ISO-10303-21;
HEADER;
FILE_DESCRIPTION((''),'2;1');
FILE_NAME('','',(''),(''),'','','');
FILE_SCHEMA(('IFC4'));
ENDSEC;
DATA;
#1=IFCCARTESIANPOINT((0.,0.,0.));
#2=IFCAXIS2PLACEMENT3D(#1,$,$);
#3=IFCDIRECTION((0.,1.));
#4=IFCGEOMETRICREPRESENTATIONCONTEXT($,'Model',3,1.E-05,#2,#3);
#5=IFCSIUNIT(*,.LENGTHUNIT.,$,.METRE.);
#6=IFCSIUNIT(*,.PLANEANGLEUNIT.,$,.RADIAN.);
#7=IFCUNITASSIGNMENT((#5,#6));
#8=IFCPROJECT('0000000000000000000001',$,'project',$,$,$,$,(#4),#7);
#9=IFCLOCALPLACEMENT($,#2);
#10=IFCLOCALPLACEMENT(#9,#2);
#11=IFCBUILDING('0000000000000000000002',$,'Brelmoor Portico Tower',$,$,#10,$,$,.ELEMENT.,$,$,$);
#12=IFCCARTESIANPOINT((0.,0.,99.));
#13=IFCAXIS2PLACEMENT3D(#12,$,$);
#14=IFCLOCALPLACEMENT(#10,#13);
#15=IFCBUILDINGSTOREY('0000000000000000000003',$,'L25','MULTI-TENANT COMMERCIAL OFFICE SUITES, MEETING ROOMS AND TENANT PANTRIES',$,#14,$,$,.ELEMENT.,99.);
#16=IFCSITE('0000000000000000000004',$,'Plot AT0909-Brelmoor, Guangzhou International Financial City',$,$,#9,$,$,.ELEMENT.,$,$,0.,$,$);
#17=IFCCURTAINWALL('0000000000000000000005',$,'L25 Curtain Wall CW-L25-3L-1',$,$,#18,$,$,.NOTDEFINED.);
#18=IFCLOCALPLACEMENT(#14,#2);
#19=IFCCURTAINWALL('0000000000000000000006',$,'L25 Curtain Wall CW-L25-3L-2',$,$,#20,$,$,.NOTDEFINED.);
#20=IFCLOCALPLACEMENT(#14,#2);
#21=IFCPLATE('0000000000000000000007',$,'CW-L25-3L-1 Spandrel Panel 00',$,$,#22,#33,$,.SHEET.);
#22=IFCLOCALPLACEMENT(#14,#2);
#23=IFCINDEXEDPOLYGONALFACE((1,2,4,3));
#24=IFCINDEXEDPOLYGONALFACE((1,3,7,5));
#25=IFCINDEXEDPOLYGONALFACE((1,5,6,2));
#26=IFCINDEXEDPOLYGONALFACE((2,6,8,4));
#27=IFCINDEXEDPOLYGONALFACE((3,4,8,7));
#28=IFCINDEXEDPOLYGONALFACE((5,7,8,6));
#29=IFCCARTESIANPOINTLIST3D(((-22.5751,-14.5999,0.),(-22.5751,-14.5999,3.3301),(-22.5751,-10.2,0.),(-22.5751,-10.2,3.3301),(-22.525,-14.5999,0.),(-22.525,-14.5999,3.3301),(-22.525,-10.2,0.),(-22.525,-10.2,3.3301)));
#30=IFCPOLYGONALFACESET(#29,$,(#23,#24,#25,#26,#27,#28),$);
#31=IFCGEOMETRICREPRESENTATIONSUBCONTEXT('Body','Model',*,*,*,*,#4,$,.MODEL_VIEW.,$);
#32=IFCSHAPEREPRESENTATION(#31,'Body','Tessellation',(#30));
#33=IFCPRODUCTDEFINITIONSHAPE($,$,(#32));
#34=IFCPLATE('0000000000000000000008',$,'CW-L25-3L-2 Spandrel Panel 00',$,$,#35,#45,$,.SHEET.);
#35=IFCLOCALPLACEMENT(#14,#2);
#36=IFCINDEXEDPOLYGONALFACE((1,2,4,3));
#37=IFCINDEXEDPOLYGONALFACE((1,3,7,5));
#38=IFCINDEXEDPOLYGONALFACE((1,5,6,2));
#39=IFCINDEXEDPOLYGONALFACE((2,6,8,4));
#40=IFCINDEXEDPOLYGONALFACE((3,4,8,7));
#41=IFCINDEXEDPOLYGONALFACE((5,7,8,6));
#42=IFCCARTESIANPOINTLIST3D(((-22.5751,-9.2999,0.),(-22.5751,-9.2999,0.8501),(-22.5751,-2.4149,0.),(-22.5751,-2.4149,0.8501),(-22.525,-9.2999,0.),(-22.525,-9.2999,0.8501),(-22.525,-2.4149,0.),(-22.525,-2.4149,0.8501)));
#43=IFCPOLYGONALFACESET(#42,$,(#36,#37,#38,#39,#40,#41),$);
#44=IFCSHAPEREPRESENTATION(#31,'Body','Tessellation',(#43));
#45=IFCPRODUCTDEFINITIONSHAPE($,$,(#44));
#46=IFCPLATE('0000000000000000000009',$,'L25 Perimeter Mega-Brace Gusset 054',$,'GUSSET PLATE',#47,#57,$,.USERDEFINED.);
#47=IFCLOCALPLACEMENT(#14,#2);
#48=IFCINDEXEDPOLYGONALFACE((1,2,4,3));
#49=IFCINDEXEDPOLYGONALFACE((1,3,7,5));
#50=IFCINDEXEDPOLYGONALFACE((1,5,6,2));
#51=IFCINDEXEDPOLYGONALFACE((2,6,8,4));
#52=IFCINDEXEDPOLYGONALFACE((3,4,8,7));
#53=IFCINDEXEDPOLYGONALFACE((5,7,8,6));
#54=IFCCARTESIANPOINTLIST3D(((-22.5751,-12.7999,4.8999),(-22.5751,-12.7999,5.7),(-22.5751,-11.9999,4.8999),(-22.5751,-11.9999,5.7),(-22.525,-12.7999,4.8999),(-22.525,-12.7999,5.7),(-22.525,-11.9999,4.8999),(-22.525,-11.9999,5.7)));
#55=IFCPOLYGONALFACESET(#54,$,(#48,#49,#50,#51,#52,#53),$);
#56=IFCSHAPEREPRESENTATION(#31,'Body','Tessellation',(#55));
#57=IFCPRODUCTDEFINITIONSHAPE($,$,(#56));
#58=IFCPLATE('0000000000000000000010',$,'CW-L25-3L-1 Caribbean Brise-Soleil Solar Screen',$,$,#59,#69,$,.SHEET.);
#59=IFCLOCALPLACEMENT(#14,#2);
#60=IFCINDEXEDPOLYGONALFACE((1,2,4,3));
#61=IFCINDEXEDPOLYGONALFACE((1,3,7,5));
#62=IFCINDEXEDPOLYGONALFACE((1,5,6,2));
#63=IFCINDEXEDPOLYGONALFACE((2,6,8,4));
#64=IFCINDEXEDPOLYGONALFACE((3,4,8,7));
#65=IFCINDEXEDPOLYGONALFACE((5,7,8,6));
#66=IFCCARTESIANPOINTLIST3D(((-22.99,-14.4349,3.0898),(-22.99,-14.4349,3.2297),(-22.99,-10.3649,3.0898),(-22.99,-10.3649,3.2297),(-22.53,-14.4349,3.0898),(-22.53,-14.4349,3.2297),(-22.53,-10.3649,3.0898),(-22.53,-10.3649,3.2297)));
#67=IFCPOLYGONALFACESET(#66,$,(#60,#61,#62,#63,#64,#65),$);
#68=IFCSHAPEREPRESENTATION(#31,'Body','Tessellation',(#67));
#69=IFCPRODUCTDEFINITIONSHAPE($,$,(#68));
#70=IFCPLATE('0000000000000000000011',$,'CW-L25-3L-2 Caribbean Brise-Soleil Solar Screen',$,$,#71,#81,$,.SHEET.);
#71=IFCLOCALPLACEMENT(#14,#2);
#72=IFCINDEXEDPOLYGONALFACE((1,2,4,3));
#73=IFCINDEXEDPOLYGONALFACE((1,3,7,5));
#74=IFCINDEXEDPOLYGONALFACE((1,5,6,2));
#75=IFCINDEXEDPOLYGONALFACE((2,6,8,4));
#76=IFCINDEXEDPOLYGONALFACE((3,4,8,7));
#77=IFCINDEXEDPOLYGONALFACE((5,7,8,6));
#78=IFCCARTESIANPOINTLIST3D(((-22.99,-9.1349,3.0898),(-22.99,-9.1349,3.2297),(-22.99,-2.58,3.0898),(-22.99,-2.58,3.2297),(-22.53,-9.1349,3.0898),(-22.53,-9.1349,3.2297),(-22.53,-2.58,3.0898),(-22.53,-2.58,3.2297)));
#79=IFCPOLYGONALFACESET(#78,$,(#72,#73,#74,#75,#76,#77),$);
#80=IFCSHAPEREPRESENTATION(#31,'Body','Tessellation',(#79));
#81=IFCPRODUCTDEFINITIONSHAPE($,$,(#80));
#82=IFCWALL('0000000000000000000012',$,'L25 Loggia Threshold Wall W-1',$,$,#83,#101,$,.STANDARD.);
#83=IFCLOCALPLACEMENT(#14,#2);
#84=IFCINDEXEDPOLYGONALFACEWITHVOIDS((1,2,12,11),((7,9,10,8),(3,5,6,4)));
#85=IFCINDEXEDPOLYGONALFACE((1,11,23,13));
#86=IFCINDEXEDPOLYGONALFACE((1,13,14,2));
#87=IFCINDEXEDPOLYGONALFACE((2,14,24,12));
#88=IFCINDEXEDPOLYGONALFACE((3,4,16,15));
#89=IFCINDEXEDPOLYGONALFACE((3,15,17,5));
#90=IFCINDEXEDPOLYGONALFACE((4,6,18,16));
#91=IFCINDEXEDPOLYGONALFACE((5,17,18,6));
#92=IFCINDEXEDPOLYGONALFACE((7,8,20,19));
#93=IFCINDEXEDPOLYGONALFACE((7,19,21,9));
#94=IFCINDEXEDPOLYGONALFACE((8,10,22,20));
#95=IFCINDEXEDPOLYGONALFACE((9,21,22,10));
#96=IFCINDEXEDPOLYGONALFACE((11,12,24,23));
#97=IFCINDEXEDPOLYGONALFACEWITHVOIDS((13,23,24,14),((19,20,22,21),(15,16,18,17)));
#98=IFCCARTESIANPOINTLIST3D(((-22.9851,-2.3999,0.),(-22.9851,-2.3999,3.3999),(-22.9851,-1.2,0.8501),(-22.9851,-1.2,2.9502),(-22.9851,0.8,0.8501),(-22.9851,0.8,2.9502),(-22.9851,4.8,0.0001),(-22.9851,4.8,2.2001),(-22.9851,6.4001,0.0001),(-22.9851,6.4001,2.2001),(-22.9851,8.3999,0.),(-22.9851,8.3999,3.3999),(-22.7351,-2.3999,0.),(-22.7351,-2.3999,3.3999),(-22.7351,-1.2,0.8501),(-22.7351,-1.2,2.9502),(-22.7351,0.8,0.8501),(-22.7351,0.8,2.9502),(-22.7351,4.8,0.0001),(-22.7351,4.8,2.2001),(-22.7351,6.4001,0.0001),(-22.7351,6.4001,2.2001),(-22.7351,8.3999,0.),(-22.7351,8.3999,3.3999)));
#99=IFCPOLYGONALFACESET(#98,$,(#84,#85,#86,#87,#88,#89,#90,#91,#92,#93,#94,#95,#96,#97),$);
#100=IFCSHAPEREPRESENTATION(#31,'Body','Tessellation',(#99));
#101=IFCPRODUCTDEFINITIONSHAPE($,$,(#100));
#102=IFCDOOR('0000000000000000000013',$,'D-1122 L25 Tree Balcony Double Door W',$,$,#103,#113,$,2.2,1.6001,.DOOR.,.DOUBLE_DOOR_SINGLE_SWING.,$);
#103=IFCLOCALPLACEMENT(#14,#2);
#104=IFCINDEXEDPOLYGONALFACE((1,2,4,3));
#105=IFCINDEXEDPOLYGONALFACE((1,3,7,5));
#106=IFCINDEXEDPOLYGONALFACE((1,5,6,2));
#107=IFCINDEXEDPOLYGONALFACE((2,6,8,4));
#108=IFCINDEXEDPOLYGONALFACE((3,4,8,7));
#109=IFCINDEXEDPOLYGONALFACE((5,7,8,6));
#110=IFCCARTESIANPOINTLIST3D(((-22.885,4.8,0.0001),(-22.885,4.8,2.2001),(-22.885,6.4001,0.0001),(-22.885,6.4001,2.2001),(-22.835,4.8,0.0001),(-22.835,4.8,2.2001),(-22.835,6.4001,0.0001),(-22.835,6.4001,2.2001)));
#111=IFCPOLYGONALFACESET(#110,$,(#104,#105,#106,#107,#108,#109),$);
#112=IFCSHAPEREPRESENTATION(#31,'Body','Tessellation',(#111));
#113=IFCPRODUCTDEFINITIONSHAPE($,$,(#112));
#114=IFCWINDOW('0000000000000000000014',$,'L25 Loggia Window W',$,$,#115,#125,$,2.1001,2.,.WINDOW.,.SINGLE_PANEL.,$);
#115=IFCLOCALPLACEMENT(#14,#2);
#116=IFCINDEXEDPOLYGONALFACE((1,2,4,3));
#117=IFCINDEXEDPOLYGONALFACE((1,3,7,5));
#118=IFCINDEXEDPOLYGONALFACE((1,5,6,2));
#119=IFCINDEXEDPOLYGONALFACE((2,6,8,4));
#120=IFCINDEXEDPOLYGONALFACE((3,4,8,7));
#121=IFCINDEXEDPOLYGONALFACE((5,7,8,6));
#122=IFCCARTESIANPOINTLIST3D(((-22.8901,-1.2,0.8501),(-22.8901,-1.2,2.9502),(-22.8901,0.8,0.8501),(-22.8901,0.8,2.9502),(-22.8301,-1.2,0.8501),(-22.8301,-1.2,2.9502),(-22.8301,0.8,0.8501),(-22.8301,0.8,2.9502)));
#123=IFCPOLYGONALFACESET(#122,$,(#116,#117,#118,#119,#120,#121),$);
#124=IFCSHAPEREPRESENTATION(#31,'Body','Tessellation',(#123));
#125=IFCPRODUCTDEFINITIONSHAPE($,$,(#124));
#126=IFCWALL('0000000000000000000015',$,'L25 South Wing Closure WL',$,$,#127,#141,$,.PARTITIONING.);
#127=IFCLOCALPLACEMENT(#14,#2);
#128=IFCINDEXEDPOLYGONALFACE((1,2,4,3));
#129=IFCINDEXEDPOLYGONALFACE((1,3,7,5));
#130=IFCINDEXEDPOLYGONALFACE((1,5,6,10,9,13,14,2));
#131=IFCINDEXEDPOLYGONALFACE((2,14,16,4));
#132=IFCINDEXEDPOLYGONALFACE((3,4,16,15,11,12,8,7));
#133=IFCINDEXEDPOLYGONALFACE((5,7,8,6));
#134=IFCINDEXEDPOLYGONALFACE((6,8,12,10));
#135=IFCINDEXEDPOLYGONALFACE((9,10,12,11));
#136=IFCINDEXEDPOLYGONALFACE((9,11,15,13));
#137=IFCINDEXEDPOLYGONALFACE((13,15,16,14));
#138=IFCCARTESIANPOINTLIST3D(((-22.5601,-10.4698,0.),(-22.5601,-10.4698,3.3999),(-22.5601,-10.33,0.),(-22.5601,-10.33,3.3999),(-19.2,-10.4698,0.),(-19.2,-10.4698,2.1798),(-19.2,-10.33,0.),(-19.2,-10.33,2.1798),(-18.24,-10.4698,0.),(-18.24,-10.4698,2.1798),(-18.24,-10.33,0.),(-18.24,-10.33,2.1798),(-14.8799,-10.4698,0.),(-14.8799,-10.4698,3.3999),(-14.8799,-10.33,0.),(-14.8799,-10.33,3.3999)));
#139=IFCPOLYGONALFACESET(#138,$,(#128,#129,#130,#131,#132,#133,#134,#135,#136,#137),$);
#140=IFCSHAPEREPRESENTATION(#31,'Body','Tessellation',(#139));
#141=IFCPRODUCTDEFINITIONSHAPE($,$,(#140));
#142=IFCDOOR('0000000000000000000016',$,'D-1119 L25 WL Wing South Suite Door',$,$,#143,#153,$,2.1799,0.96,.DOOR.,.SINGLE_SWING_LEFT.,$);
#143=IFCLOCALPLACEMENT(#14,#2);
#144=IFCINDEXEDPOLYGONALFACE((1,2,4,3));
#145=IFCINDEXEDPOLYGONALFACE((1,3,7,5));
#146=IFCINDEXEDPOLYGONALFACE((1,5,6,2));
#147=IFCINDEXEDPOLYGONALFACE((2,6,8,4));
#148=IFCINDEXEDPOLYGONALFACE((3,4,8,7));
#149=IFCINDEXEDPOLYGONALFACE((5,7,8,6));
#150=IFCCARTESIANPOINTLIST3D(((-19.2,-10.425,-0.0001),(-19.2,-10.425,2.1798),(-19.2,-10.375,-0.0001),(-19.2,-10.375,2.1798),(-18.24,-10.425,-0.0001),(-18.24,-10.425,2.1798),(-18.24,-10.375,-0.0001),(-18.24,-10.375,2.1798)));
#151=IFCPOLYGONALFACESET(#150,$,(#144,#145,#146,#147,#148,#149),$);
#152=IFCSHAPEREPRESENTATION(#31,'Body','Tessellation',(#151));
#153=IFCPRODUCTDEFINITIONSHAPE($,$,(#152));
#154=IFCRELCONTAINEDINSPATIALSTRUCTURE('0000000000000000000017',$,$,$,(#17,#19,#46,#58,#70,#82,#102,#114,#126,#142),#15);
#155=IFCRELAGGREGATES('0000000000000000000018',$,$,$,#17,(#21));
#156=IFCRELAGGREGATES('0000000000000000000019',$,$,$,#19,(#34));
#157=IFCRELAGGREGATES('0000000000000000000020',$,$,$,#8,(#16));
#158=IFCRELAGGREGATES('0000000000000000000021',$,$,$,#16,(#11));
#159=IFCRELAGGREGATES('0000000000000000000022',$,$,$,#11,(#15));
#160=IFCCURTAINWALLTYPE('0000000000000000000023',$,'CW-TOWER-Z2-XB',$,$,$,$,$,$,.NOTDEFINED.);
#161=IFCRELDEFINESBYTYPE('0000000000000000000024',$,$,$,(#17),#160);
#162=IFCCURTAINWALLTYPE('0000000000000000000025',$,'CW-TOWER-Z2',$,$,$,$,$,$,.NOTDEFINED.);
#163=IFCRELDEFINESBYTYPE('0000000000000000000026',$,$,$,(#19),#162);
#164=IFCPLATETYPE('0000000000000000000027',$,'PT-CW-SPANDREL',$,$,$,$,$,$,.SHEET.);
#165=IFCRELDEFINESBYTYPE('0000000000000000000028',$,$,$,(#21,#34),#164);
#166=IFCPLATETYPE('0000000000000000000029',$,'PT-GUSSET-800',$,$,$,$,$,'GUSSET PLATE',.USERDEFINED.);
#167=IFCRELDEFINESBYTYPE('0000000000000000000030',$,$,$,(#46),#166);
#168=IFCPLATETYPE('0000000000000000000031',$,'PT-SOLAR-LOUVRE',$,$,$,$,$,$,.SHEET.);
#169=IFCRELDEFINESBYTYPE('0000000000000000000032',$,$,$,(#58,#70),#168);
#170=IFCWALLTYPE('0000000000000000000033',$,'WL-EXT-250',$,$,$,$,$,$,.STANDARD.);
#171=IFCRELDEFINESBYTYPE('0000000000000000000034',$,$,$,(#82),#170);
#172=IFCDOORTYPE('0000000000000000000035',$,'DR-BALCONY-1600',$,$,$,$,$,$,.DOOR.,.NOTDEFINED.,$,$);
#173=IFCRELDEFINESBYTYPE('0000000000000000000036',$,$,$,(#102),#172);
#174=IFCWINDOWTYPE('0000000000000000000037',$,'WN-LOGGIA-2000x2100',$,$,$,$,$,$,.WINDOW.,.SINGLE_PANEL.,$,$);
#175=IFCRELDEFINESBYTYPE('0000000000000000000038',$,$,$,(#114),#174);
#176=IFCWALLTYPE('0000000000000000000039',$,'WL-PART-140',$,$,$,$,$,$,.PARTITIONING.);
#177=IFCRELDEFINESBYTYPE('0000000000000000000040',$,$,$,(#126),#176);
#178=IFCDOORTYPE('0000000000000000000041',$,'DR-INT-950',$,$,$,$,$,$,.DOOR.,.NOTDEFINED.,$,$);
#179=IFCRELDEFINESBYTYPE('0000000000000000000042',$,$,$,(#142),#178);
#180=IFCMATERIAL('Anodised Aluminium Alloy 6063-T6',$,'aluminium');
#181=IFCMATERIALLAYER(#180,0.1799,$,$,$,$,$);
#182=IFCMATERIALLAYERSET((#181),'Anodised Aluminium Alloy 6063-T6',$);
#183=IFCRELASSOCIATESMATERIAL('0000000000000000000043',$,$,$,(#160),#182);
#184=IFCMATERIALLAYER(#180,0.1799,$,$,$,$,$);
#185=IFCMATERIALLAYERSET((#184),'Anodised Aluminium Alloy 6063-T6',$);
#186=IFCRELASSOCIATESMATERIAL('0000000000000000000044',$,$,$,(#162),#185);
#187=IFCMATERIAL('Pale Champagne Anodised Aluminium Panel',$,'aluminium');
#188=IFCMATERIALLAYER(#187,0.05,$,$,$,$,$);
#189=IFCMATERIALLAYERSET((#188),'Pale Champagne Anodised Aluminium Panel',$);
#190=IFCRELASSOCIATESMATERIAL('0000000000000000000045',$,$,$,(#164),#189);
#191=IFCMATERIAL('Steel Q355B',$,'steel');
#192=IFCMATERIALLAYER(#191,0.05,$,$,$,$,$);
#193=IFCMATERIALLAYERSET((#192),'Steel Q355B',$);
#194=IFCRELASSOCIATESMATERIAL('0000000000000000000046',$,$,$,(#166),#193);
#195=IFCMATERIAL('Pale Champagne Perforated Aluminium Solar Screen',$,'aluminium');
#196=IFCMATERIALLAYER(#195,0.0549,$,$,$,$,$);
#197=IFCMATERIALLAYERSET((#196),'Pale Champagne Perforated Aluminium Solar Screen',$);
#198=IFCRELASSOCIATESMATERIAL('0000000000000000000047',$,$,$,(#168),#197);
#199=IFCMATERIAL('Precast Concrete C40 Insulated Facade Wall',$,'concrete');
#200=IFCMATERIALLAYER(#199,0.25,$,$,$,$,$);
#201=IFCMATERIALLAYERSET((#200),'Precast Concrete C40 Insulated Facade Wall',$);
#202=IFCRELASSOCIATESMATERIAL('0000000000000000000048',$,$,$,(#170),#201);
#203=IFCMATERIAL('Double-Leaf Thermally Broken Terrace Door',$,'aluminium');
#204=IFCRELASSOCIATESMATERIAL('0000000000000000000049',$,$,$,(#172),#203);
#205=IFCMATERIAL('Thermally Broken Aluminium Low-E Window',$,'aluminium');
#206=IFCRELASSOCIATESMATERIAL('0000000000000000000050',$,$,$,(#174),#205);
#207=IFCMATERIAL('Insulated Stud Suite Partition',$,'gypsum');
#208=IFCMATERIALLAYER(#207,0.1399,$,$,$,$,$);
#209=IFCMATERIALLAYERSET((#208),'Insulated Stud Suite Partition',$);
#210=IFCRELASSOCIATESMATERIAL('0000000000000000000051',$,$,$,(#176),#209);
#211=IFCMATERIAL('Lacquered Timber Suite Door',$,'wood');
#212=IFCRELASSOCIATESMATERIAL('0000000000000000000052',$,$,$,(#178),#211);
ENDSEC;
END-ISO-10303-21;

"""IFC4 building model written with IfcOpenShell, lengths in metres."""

from ifc_helpers import new_model, si_unit, direction, frame, frame_2d, origin, origin_2d, place, context, subcontext, project, spatial, rectangle, extrude, material, layer, layer_set, type_object, element, fill, aggregate, save


model = new_model("IFC4")

# Units and contexts
model_context = context("Model", 3, precision=1e-05, world=origin(), true_north=direction((0.0, 1.0)))
body_context = subcontext(model_context, "Body", "Model", "MODEL_VIEW")
ifc_project = project(units=[si_unit("LENGTHUNIT", "METRE"), si_unit("PLANEANGLEUNIT", "RADIAN")], contexts=[model_context])

# Site, building, storey
site_placement = place(None, origin())
site = spatial("IfcSite", under=ifc_project, at=site_placement, Name="Plot AT0909-Brelmoor, Guangzhou International Financial City", CompositionType="ELEMENT", RefElevation=0.0)
building_placement = place(site_placement, origin())
building = spatial("IfcBuilding", under=site, at=building_placement, Name="Brelmoor Portico Tower", CompositionType="ELEMENT")
storey_placement = place(building_placement, frame((0.0, 0.0, 99.0)))
storey = spatial("IfcBuildingStorey", under=building, at=storey_placement, Name="L25", Description="MULTI-TENANT COMMERCIAL OFFICE SUITES, MEETING ROOMS AND TENANT PANTRIES", CompositionType="ELEMENT", Elevation=99.0)

# Shared definitions
ifc_material_1 = material(Name="Steel Q355B", Category="steel")

# Curtain wall
ifc_material_2 = material(Name="Anodised Aluminium Alloy 6063-T6", Category="aluminium")
ifc_layer_1 = layer(ifc_material_2, 0.1799)
ifc_layer_set_1 = layer_set([ifc_layer_1], Name="Anodised Aluminium Alloy 6063-T6")
curtain_wall_type_1 = type_object("IfcCurtainWallType", Name="CW-TOWER-Z2-XB", PredefinedType="NOTDEFINED", material=ifc_layer_set_1)
curtain_wall_1_placement = place(storey_placement, origin())
curtain_wall_1 = element("IfcCurtainWall", 1, at=curtain_wall_1_placement, inside=storey, type_object=curtain_wall_type_1, Name="L25 Curtain Wall CW-L25-3L-1", PredefinedType="NOTDEFINED")

# Curtain wall
ifc_layer_2 = layer(ifc_material_2, 0.1799)
ifc_layer_set_2 = layer_set([ifc_layer_2], Name="Anodised Aluminium Alloy 6063-T6")
curtain_wall_type_2 = type_object("IfcCurtainWallType", Name="CW-TOWER-Z2", PredefinedType="NOTDEFINED", material=ifc_layer_set_2)
curtain_wall_2_placement = place(storey_placement, origin())
curtain_wall_2 = element("IfcCurtainWall", 2, at=curtain_wall_2_placement, inside=storey, type_object=curtain_wall_type_2, Name="L25 Curtain Wall CW-L25-3L-2", PredefinedType="NOTDEFINED")

# Plates
ifc_material_3 = material(Name="Pale Champagne Anodised Aluminium Panel", Category="aluminium")
ifc_layer_3 = layer(ifc_material_3, 0.05)
ifc_layer_set_3 = layer_set([ifc_layer_3], Name="Pale Champagne Anodised Aluminium Panel")
plate_type_1 = type_object("IfcPlateType", Name="PT-CW-SPANDREL", PredefinedType="SHEET", material=ifc_layer_set_3)
plate_1_placement = place(storey_placement, frame((-22.55, -12.3999, 0.0), z_axis=(0.0, 0.0, 1.0), x_axis=(0.0, 1.0, 0.0)))
plate_1 = element("IfcPlate", 3, at=plate_1_placement, type_object=plate_type_1, Name="CW-L25-3L-1 Spandrel Panel 00", PredefinedType="SHEET", context=body_context, shape_type="SweptSolid", body=[
    extrude(rectangle(XDim=4.3999, YDim=0.05, at=origin_2d()), origin(), (0.0, 0.0, 1.0), 3.3301),
])
aggregate(curtain_wall_1, [plate_1])
plate_2_placement = place(storey_placement, frame((-22.55, -5.8574, 0.0), z_axis=(0.0, 0.0, 1.0), x_axis=(0.0, 1.0, 0.0)))
plate_2 = element("IfcPlate", 4, at=plate_2_placement, type_object=plate_type_1, Name="CW-L25-3L-2 Spandrel Panel 00", PredefinedType="SHEET", context=body_context, shape_type="SweptSolid", body=[
    extrude(rectangle(XDim=6.885, YDim=0.05, at=origin_2d()), origin(), (0.0, 0.0, 1.0), 0.8501),
])
aggregate(curtain_wall_2, [plate_2])

# Plates
ifc_layer_4 = layer(ifc_material_1, 0.05)
ifc_layer_set_4 = layer_set([ifc_layer_4], Name="Steel Q355B")
plate_type_2 = type_object("IfcPlateType", Name="PT-GUSSET-800", ElementType="GUSSET PLATE", PredefinedType="USERDEFINED", material=ifc_layer_set_4)
plate_3_placement = place(storey_placement, frame((-22.55, -12.3999, 4.8999), z_axis=(0.0, 0.0, 1.0), x_axis=(1.0, 0.0, 0.0)))
element("IfcPlate", 5, at=plate_3_placement, inside=storey, type_object=plate_type_2, Name="L25 Perimeter Mega-Brace Gusset 054", ObjectType="GUSSET PLATE", PredefinedType="USERDEFINED", context=body_context, shape_type="SweptSolid", body=[
    extrude(rectangle(XDim=0.05, YDim=0.8, at=origin_2d()), origin(), (0.0, 0.0, 1.0), 0.8),
])
ifc_material_4 = material(Name="Pale Champagne Perforated Aluminium Solar Screen", Category="aluminium")
ifc_layer_5 = layer(ifc_material_4, 0.0549)
ifc_layer_set_5 = layer_set([ifc_layer_5], Name="Pale Champagne Perforated Aluminium Solar Screen")
plate_type_3 = type_object("IfcPlateType", Name="PT-SOLAR-LOUVRE", PredefinedType="SHEET", material=ifc_layer_set_5)
plate_4_placement = place(storey_placement, frame((-22.76, -12.3999, 3.0898), z_axis=(0.0, 0.0, 1.0), x_axis=(0.0, 1.0, 0.0)))
element("IfcPlate", 6, at=plate_4_placement, inside=storey, type_object=plate_type_3, Name="CW-L25-3L-1 Caribbean Brise-Soleil Solar Screen", PredefinedType="SHEET", context=body_context, shape_type="SweptSolid", body=[
    extrude(rectangle(XDim=4.0701, YDim=0.46, at=origin_2d()), origin(), (0.0, 0.0, 1.0), 0.1399),
])
plate_5_placement = place(storey_placement, frame((-22.76, -5.8574, 3.0898), z_axis=(0.0, 0.0, 1.0), x_axis=(0.0, 1.0, 0.0)))
element("IfcPlate", 7, at=plate_5_placement, inside=storey, type_object=plate_type_3, Name="CW-L25-3L-2 Caribbean Brise-Soleil Solar Screen", PredefinedType="SHEET", context=body_context, shape_type="SweptSolid", body=[
    extrude(rectangle(XDim=6.5549, YDim=0.46, at=origin_2d()), origin(), (0.0, 0.0, 1.0), 0.1399),
])

# Wall, openings, door, window
ifc_material_5 = material(Name="Precast Concrete C40 Insulated Facade Wall", Category="concrete")
ifc_layer_6 = layer(ifc_material_5, 0.25)
ifc_layer_set_6 = layer_set([ifc_layer_6], Name="Precast Concrete C40 Insulated Facade Wall")
wall_type_1 = type_object("IfcWallType", Name="WL-EXT-250", PredefinedType="STANDARD", material=ifc_layer_set_6)
wall_1_placement = place(storey_placement, frame((-22.8601, -2.3999, 0.0), z_axis=(0.0, 0.0, 1.0), x_axis=(0.0, 1.0, 0.0)))
wall_1 = element("IfcWall", 8, at=wall_1_placement, inside=storey, type_object=wall_type_1, Name="L25 Loggia Threshold Wall W-1", PredefinedType="STANDARD", context=body_context, shape_type="SweptSolid", body=[
    extrude(rectangle(XDim=10.7998, YDim=0.25, at=frame_2d((5.3999, 0.0))), origin(), (0.0, 0.0, 1.0), 3.3999),
])
opening_1_placement = place(wall_1_placement, frame((7.2, 0.0, 0.0)))
opening_1 = element("IfcOpeningElement", 9, at=opening_1_placement, cuts=wall_1, PredefinedType="OPENING", context=body_context, shape_type="SweptSolid", body=[
    extrude(rectangle(XDim=1.6001, YDim=2.2, at=frame_2d((0.8, 1.1001))), frame((0.0, 0.135, 0.0), z_axis=(0.0, -1.0, 0.0), x_axis=(1.0, 0.0, 0.0)), (0.0, 0.0, 1.0), 0.27),
])
opening_2_placement = place(wall_1_placement, frame((1.2, 0.0, 0.8501)))
opening_2 = element("IfcOpeningElement", 10, at=opening_2_placement, cuts=wall_1, PredefinedType="OPENING", context=body_context, shape_type="SweptSolid", body=[
    extrude(rectangle(XDim=2.0, YDim=2.1001, at=frame_2d((1.0, 1.05))), frame((0.0, 0.135, 0.0), z_axis=(0.0, -1.0, 0.0), x_axis=(1.0, 0.0, 0.0)), (0.0, 0.0, 1.0), 0.27),
])
ifc_material_6 = material(Name="Double-Leaf Thermally Broken Terrace Door", Category="aluminium")
door_type_1 = type_object("IfcDoorType", Name="DR-BALCONY-1600", OperationType="NOTDEFINED", PredefinedType="DOOR", material=ifc_material_6)
door_1_placement = place(opening_1_placement, origin())
door_1 = element("IfcDoor", 11, at=door_1_placement, inside=storey, type_object=door_type_1, Name="D-1122 L25 Tree Balcony Double Door W", OperationType="DOUBLE_DOOR_SINGLE_SWING", OverallHeight=2.2, OverallWidth=1.6001, PredefinedType="DOOR", context=body_context, shape_type="SweptSolid", body=[
    extrude(rectangle(XDim=1.6001, YDim=2.2, at=frame_2d((0.8, 1.1001))), frame((0.0, 0.0249, 0.0), z_axis=(0.0, -1.0, 0.0), x_axis=(1.0, 0.0, 0.0)), (0.0, 0.0, 1.0), 0.05),
])
fill(opening_1, door_1)
ifc_material_7 = material(Name="Thermally Broken Aluminium Low-E Window", Category="aluminium")
window_type = type_object("IfcWindowType", Name="WN-LOGGIA-2000x2100", PartitioningType="SINGLE_PANEL", PredefinedType="WINDOW", material=ifc_material_7)
window_placement = place(opening_2_placement, origin())
window = element("IfcWindow", 12, at=window_placement, inside=storey, type_object=window_type, Name="L25 Loggia Window W", OverallHeight=2.1001, OverallWidth=2.0, PartitioningType="SINGLE_PANEL", PredefinedType="WINDOW", context=body_context, shape_type="SweptSolid", body=[
    extrude(rectangle(XDim=2.0, YDim=2.1001, at=frame_2d((1.0, 1.05))), frame((0.0, 0.03, 0.0), z_axis=(0.0, -1.0, 0.0), x_axis=(1.0, 0.0, 0.0)), (0.0, 0.0, 1.0), 0.0601),
])
fill(opening_2, window)

# Wall, opening, door
ifc_material_8 = material(Name="Insulated Stud Suite Partition", Category="gypsum")
ifc_layer_7 = layer(ifc_material_8, 0.1399)
ifc_layer_set_7 = layer_set([ifc_layer_7], Name="Insulated Stud Suite Partition")
wall_type_2 = type_object("IfcWallType", Name="WL-PART-140", PredefinedType="PARTITIONING", material=ifc_layer_set_7)
wall_2_placement = place(storey_placement, frame((-22.5601, -10.3999, 0.0), z_axis=(0.0, 0.0, 1.0), x_axis=(1.0, 0.0, 0.0)))
wall_2 = element("IfcWall", 13, at=wall_2_placement, inside=storey, type_object=wall_type_2, Name="L25 South Wing Closure WL", PredefinedType="PARTITIONING", context=body_context, shape_type="SweptSolid", body=[
    extrude(rectangle(XDim=7.6802, YDim=0.1399, at=frame_2d((3.8401, 0.0))), origin(), (0.0, 0.0, 1.0), 3.3999),
])
opening_3_placement = place(wall_2_placement, frame((3.3601, 0.0, 0.0)))
opening_3 = element("IfcOpeningElement", 14, at=opening_3_placement, cuts=wall_2, PredefinedType="OPENING", context=body_context, shape_type="SweptSolid", body=[
    extrude(rectangle(XDim=0.96, YDim=2.1799, at=frame_2d((0.48, 1.0898))), frame((0.0, 0.0798, 0.0), z_axis=(0.0, -1.0, 0.0), x_axis=(1.0, 0.0, 0.0)), (0.0, 0.0, 1.0), 0.1599),
])
ifc_material_9 = material(Name="Lacquered Timber Suite Door", Category="wood")
door_type_2 = type_object("IfcDoorType", Name="DR-INT-950", OperationType="NOTDEFINED", PredefinedType="DOOR", material=ifc_material_9)
door_2_placement = place(opening_3_placement, origin())
door_2 = element("IfcDoor", 15, at=door_2_placement, inside=storey, type_object=door_type_2, Name="D-1119 L25 WL Wing South Suite Door", OperationType="SINGLE_SWING_LEFT", OverallHeight=2.1799, OverallWidth=0.96, PredefinedType="DOOR", context=body_context, shape_type="SweptSolid", body=[
    extrude(rectangle(XDim=0.96, YDim=2.1799, at=frame_2d((0.48, 1.0898))), frame((0.0, 0.0249, 0.0), z_axis=(0.0, -1.0, 0.0), x_axis=(1.0, 0.0, 0.0)), (0.0, 0.0, 1.0), 0.05),
])
fill(opening_3, door_2)

save(model, "model.ifc")
